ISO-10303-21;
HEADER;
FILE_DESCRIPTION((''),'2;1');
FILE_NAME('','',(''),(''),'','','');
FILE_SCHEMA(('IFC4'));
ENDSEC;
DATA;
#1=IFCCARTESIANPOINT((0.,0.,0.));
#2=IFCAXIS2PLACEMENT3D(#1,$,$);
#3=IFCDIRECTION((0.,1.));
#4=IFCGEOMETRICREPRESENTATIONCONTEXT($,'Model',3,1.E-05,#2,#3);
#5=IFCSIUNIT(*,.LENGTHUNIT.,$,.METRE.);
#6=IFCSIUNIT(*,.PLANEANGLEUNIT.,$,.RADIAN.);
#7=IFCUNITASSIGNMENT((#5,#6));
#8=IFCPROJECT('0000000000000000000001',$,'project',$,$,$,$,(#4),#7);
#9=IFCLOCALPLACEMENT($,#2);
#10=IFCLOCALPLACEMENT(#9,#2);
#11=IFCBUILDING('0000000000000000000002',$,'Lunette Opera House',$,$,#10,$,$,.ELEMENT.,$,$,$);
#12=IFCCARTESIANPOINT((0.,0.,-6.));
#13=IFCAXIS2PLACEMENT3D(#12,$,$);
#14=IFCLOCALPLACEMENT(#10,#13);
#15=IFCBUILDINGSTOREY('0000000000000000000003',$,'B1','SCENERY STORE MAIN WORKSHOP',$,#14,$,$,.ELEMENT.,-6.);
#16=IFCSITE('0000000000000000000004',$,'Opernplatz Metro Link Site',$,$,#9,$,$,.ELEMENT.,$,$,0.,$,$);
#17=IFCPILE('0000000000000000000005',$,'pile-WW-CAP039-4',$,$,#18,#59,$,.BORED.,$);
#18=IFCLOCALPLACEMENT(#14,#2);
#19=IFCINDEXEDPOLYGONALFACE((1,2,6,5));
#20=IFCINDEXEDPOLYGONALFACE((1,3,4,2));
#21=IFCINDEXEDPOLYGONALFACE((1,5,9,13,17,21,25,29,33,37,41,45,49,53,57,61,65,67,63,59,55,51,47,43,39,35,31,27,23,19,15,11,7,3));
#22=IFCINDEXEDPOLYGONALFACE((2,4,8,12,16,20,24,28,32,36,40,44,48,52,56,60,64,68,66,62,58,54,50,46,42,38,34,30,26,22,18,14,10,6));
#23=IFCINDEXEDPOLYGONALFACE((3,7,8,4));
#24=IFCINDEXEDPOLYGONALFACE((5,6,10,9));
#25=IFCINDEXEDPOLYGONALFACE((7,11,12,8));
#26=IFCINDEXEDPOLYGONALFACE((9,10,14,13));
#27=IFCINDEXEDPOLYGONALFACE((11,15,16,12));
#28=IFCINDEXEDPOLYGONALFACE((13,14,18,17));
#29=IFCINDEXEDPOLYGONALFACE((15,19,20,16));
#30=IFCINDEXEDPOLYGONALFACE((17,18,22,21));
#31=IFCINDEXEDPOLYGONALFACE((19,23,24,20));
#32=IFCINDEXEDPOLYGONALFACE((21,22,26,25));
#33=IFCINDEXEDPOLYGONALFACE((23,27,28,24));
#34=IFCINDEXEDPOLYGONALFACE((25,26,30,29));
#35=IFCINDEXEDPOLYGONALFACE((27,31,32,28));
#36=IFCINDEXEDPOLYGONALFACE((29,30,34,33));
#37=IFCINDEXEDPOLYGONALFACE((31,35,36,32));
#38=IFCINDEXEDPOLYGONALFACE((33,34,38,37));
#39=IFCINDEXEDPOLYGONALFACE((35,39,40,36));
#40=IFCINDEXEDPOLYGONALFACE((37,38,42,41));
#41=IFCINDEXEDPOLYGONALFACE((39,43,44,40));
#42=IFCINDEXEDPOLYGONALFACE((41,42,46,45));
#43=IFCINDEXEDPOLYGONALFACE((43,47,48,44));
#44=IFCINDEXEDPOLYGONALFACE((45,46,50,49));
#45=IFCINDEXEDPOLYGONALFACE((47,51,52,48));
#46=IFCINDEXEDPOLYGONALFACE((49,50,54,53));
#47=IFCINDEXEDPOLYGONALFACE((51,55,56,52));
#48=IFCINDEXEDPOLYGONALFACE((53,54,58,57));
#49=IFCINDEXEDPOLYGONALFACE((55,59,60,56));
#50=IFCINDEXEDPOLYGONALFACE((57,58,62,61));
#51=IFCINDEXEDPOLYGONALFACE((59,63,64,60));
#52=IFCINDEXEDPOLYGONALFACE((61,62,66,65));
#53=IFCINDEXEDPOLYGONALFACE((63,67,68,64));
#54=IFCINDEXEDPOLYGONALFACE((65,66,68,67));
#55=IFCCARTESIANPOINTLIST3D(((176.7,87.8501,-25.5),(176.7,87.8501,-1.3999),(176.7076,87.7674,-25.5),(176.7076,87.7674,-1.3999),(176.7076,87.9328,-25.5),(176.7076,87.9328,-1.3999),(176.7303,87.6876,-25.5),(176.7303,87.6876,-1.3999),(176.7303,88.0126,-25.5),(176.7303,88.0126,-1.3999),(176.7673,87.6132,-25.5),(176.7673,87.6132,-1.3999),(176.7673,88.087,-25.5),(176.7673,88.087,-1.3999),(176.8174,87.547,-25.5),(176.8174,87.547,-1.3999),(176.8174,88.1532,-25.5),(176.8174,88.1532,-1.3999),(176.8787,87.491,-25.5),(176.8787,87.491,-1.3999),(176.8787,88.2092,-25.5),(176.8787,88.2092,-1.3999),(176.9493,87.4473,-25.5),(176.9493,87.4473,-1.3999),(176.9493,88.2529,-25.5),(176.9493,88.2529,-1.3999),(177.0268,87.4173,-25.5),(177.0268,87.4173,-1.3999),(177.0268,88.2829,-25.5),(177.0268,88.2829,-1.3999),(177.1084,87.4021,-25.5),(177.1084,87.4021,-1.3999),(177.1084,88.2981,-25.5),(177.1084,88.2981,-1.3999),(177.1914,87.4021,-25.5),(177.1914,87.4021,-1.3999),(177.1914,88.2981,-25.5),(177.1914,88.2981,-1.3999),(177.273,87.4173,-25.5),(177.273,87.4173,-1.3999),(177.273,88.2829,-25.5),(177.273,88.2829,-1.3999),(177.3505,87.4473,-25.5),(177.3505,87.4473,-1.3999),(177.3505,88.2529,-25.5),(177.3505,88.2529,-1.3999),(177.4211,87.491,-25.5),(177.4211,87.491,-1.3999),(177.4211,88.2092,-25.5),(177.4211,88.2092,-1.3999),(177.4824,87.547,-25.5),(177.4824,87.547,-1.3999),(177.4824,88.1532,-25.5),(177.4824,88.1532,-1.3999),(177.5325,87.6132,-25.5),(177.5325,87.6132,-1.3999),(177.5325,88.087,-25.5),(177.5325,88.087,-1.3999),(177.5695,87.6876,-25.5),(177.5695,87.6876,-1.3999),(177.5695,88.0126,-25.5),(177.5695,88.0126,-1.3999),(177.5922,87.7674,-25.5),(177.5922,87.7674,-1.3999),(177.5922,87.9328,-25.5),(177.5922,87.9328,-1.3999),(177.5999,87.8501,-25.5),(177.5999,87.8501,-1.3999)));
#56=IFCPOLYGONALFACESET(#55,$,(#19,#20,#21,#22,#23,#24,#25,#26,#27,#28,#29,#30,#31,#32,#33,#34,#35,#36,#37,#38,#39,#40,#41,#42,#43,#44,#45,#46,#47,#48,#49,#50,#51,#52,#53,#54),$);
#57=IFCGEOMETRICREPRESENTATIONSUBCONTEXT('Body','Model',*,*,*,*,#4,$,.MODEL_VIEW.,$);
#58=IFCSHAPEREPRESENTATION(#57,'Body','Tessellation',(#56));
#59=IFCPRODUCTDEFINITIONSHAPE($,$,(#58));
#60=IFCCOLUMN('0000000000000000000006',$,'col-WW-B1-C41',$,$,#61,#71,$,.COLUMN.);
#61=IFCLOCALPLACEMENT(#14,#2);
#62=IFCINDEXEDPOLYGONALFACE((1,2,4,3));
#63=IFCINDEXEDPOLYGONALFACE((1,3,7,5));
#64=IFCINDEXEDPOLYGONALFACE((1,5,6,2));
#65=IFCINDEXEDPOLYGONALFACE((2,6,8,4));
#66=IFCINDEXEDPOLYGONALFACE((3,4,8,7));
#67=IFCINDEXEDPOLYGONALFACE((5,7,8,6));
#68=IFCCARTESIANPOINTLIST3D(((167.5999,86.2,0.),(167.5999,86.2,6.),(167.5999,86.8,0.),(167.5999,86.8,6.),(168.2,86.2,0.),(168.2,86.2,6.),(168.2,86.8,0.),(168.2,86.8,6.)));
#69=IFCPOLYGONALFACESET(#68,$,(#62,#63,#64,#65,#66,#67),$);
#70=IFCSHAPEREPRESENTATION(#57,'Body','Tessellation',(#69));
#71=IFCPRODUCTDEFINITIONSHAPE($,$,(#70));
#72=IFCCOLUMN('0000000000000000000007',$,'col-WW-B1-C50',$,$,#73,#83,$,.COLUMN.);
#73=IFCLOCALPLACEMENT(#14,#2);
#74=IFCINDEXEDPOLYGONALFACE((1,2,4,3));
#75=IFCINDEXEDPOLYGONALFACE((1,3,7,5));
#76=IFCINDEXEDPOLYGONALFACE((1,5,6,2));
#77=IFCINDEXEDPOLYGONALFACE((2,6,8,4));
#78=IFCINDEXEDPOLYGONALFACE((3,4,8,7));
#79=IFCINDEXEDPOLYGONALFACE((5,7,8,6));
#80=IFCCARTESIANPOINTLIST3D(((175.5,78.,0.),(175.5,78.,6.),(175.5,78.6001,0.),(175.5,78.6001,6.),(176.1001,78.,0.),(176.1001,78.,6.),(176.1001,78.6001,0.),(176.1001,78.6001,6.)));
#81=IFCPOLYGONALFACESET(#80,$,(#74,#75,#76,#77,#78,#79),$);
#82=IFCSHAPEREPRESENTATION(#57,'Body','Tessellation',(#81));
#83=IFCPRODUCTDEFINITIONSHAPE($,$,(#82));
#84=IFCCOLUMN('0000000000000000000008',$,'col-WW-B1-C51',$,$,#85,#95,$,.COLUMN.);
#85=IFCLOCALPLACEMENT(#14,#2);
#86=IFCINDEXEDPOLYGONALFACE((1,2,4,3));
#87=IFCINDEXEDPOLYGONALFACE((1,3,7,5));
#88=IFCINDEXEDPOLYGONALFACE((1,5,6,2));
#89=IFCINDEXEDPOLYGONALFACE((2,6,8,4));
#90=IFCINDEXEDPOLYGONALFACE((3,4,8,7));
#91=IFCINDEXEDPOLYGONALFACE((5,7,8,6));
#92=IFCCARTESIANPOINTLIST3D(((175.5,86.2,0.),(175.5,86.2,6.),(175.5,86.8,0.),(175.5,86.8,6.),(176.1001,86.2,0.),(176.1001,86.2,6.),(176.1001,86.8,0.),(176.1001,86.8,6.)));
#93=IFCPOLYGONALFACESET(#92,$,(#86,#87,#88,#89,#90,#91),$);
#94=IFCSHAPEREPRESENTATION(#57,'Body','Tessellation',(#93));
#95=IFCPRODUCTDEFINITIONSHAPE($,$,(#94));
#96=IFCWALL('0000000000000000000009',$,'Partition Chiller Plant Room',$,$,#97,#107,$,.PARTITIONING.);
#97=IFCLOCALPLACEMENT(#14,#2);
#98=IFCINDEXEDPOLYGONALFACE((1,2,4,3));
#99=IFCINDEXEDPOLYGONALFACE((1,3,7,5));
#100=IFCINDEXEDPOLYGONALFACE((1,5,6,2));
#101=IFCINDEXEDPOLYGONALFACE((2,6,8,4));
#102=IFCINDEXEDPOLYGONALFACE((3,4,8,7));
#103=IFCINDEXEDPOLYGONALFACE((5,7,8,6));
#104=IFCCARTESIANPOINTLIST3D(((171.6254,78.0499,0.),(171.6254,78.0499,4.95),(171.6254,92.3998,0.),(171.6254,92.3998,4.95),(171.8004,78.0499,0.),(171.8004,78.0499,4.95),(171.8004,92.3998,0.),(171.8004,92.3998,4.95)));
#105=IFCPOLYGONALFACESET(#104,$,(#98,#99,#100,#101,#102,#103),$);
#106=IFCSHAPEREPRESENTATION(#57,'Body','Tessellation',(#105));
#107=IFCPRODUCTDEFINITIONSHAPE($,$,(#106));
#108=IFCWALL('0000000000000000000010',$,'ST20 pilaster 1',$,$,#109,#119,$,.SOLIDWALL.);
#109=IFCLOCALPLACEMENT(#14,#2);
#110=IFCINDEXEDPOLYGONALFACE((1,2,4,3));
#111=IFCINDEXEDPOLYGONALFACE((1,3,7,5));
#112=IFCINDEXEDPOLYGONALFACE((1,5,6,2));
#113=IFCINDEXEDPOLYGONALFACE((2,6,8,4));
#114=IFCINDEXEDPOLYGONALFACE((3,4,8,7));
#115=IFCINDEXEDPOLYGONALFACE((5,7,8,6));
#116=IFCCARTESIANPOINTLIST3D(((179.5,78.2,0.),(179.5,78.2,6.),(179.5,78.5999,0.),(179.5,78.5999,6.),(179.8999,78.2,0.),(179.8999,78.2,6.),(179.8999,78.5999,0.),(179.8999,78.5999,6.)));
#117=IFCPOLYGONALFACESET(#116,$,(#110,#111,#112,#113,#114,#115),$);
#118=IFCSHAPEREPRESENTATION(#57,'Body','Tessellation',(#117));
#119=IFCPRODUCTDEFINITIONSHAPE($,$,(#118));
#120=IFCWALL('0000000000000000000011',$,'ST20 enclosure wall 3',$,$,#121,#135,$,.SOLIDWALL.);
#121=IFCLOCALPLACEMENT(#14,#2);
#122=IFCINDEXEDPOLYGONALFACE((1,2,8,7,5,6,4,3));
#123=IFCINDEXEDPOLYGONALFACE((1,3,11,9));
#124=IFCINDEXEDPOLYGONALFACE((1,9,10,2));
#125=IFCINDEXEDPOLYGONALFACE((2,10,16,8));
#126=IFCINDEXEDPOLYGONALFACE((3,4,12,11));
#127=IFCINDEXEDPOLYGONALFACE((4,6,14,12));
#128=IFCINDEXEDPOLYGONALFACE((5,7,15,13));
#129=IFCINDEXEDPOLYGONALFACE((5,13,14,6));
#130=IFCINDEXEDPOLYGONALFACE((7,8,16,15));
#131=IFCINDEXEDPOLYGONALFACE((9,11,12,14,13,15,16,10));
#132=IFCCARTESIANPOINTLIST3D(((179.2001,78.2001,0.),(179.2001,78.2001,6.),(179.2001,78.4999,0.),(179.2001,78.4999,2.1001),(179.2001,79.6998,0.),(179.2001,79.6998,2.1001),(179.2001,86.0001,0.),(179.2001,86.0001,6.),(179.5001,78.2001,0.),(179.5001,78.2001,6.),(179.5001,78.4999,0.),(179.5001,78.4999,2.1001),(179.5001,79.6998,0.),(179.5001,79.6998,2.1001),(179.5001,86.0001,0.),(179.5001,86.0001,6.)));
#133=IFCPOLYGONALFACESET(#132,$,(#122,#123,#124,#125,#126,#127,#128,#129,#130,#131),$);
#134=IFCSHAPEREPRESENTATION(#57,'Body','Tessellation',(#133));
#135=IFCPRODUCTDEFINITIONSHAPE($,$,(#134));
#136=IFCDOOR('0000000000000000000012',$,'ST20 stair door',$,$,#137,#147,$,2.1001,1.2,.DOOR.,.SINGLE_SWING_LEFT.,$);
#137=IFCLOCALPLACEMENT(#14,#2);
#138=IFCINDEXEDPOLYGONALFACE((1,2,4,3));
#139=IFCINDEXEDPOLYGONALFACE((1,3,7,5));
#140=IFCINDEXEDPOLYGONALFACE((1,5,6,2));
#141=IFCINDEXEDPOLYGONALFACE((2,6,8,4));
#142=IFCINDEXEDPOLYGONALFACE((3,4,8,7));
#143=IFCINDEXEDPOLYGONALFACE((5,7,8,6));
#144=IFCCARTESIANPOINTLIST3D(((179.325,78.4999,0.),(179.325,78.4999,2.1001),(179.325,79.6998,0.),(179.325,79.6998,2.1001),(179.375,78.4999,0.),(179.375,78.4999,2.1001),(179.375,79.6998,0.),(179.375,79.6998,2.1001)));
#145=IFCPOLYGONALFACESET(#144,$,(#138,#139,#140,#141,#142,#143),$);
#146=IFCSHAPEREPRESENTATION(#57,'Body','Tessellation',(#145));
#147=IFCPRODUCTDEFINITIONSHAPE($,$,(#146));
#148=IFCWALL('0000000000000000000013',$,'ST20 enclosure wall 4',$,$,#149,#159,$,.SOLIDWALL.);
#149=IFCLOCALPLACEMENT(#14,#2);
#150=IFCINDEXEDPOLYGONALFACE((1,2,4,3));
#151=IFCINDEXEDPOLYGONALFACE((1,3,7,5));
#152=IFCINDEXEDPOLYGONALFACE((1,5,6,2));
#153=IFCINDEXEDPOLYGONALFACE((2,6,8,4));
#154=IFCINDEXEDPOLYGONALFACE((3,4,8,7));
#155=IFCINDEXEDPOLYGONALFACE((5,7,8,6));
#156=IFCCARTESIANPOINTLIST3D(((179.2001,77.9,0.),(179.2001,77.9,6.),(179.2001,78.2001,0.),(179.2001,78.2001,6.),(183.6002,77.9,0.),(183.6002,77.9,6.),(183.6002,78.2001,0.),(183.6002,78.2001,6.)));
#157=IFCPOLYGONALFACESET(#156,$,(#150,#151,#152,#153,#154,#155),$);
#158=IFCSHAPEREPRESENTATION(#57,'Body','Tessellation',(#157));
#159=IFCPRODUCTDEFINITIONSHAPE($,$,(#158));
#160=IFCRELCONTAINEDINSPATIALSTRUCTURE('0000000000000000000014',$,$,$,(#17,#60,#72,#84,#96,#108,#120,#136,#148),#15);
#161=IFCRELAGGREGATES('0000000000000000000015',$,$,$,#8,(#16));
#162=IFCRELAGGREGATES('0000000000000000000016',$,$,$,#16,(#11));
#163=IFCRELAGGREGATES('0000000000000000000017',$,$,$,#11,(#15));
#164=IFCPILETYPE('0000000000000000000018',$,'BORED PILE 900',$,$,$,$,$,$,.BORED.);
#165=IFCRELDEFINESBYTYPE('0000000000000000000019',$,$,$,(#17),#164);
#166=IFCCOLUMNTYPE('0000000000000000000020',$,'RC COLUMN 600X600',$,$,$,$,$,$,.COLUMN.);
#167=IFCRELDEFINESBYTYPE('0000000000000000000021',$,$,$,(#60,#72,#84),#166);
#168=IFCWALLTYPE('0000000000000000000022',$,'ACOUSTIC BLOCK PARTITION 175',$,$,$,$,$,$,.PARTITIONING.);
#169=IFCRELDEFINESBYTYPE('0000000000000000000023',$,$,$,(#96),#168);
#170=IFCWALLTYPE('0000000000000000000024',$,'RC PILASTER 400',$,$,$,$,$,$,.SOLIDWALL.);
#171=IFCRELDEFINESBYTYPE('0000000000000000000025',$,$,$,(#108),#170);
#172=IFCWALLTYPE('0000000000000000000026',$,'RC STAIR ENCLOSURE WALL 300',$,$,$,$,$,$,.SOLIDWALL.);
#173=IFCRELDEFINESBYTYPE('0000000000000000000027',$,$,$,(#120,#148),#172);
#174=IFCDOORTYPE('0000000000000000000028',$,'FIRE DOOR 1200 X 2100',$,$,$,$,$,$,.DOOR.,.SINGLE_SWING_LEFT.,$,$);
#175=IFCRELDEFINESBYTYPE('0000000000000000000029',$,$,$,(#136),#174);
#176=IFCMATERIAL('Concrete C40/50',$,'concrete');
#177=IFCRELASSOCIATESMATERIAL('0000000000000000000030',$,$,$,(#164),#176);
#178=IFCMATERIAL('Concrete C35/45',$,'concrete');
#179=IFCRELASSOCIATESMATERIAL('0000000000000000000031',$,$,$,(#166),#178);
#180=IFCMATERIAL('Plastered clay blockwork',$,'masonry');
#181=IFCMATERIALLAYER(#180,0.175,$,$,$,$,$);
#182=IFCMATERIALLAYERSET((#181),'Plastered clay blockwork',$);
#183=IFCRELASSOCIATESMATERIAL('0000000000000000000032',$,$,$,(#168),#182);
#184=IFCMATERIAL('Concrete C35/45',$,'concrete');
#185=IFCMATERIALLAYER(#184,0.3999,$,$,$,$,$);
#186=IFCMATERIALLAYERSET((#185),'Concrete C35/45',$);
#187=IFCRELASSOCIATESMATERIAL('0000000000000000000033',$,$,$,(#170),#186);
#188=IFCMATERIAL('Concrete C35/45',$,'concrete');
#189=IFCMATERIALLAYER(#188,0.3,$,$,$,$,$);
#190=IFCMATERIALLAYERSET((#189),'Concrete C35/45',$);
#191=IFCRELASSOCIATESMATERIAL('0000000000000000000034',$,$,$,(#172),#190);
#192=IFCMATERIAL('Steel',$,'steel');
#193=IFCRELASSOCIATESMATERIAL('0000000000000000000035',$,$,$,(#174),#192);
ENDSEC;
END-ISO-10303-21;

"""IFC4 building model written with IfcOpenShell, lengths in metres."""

from ifc_helpers import new_model, si_unit, direction, frame, frame_2d, origin, origin_2d, place, context, subcontext, project, spatial, rectangle, circle, extrude, material, layer, layer_set, material_profile, profile_set, type_object, element, fill, save


model = new_model("IFC4")

# Units and contexts
model_context = context("Model", 3, precision=1e-05, world=origin(), true_north=direction((0.0, 1.0)))
body_context = subcontext(model_context, "Body", "Model", "MODEL_VIEW")
ifc_project = project(units=[si_unit("LENGTHUNIT", "METRE"), si_unit("PLANEANGLEUNIT", "RADIAN")], contexts=[model_context])

# Site, building, storey
site_placement = place(None, origin())
site = spatial("IfcSite", under=ifc_project, at=site_placement, Name="Opernplatz Metro Link Site", CompositionType="ELEMENT", RefElevation=0.0)
building_placement = place(site_placement, origin())
building = spatial("IfcBuilding", under=site, at=building_placement, Name="Lunette Opera House", CompositionType="ELEMENT")
storey_placement = place(building_placement, frame((0.0, 0.0, -6.0)))
storey = spatial("IfcBuildingStorey", under=building, at=storey_placement, Name="B1", Description="SCENERY STORE MAIN WORKSHOP", CompositionType="ELEMENT", Elevation=-6.0)

# Pile
ifc_material_1 = material(Name="Concrete C40/50", Category="concrete")
ifc_material_profile_1 = material_profile(ifc_material_1, circle(Radius=0.45, at=origin_2d()), Name="BORED PILE 900")
ifc_profile_set_1 = profile_set([ifc_material_profile_1], Name="Concrete C40/50")
pile_type = type_object("IfcPileType", Name="BORED PILE 900", PredefinedType="BORED", material=ifc_profile_set_1)
for number, where, z_axis, x_axis, name in (
    (1, (177.1499, 87.8501, -1.3999), (0.0, 0.0, -1.0), (1.0, 0.0, 0.0), "pile-WW-CAP039-4"),
):
    element("IfcPile", number, at=place(storey_placement, frame(where, z_axis=z_axis, x_axis=x_axis)), inside=storey, type_object=pile_type, Name=name, PredefinedType="BORED", context=body_context, shape_type="SweptSolid", body=[
        extrude(circle(Radius=0.45, at=origin_2d()), origin(), (0.0, 0.0, 1.0), 24.1001),
    ])

# Columns
ifc_material_2 = material(Name="Concrete C35/45", Category="concrete")
ifc_material_profile_2 = material_profile(ifc_material_2, rectangle(XDim=0.6001, YDim=0.6001, at=origin_2d()), Name="RC COLUMN 600X600")
ifc_profile_set_2 = profile_set([ifc_material_profile_2], Name="Concrete C35/45")
column_type = type_object("IfcColumnType", Name="RC COLUMN 600X600", PredefinedType="COLUMN", material=ifc_profile_set_2)
for number, where, z_axis, x_axis, name in (
    (2, (167.8999, 86.5, 0.0), (0.0, 0.0, 1.0), (1.0, 0.0, 0.0), "col-WW-B1-C41"),
    (3, (175.8, 78.3, 0.0), (0.0, 0.0, 1.0), (1.0, 0.0, 0.0), "col-WW-B1-C50"),
    (4, (175.8, 86.5, 0.0), (0.0, 0.0, 1.0), (1.0, 0.0, 0.0), "col-WW-B1-C51"),
):
    element("IfcColumn", number, at=place(storey_placement, frame(where, z_axis=z_axis, x_axis=x_axis)), inside=storey, type_object=column_type, Name=name, PredefinedType="COLUMN", context=body_context, shape_type="SweptSolid", body=[
        extrude(rectangle(XDim=0.6001, YDim=0.6001, at=origin_2d()), origin(), (0.0, 0.0, 1.0), 6.0),
    ])

# Walls
ifc_material_3 = material(Name="Plastered clay blockwork", Category="masonry")
ifc_layer_1 = layer(ifc_material_3, 0.175)
ifc_layer_set_1 = layer_set([ifc_layer_1], Name="Plastered clay blockwork")
wall_type_1 = type_object("IfcWallType", Name="ACOUSTIC BLOCK PARTITION 175", PredefinedType="PARTITIONING", material=ifc_layer_set_1)
wall_1_placement = place(storey_placement, frame((171.7129, 78.05, 0.0), z_axis=(0.0, 0.0, 1.0), x_axis=(0.0, 1.0, 0.0)))
element("IfcWall", 5, at=wall_1_placement, inside=storey, type_object=wall_type_1, Name="Partition Chiller Plant Room", PredefinedType="PARTITIONING", context=body_context, shape_type="SweptSolid", body=[
    extrude(rectangle(XDim=14.3499, YDim=0.175, at=frame_2d((7.1748, 0.0))), origin(), (0.0, 0.0, 1.0), 4.95),
])
ifc_material_4 = material(Name="Concrete C35/45", Category="concrete")
ifc_layer_2 = layer(ifc_material_4, 0.3999)
ifc_layer_set_2 = layer_set([ifc_layer_2], Name="Concrete C35/45")
wall_type_2 = type_object("IfcWallType", Name="RC PILASTER 400", PredefinedType="SOLIDWALL", material=ifc_layer_set_2)
wall_2_placement = place(storey_placement, frame((179.5, 78.3999, 0.0), z_axis=(0.0, 0.0, 1.0), x_axis=(1.0, 0.0, 0.0)))
element("IfcWall", 6, at=wall_2_placement, inside=storey, type_object=wall_type_2, Name="ST20 pilaster 1", PredefinedType="SOLIDWALL", context=body_context, shape_type="SweptSolid", body=[
    extrude(rectangle(XDim=0.3999, YDim=0.3999, at=frame_2d((0.2, 0.0))), origin(), (0.0, 0.0, 1.0), 6.0),
])

# Wall, opening, door
ifc_material_5 = material(Name="Concrete C35/45", Category="concrete")
ifc_layer_3 = layer(ifc_material_5, 0.3)
ifc_layer_set_3 = layer_set([ifc_layer_3], Name="Concrete C35/45")
wall_type_3 = type_object("IfcWallType", Name="RC STAIR ENCLOSURE WALL 300", PredefinedType="SOLIDWALL", material=ifc_layer_set_3)
wall_3_placement = place(storey_placement, frame((179.3501, 86.0, 0.0), z_axis=(0.0, 0.0, 1.0), x_axis=(0.0, -1.0, 0.0)))
wall_3 = element("IfcWall", 7, at=wall_3_placement, inside=storey, type_object=wall_type_3, Name="ST20 enclosure wall 3", PredefinedType="SOLIDWALL", context=body_context, shape_type="SweptSolid", body=[
    extrude(rectangle(XDim=7.8, YDim=0.3, at=frame_2d((3.8999, 0.0))), origin(), (0.0, 0.0, 1.0), 6.0),
])
opening_placement = place(wall_3_placement, frame((6.3, 0.0, 0.0)))
opening = element("IfcOpeningElement", 8, at=opening_placement, cuts=wall_3, PredefinedType="OPENING", context=body_context, shape_type="SweptSolid", body=[
    extrude(rectangle(XDim=1.2, YDim=2.1001, at=frame_2d((0.6001, 1.05))), frame((0.0, 0.1621, 0.0), z_axis=(0.0, -1.0, 0.0), x_axis=(1.0, 0.0, 0.0)), (0.0, 0.0, 1.0), 0.324),
])
ifc_material_6 = material(Name="Steel", Category="steel")
door_type = type_object("IfcDoorType", Name="FIRE DOOR 1200 X 2100", OperationType="SINGLE_SWING_LEFT", PredefinedType="DOOR", material=ifc_material_6)
door_placement = place(opening_placement, origin())
door = element("IfcDoor", 9, at=door_placement, inside=storey, type_object=door_type, Name="ST20 stair door", OperationType="SINGLE_SWING_LEFT", OverallHeight=2.1001, OverallWidth=1.2, PredefinedType="DOOR", context=body_context, shape_type="SweptSolid", body=[
    extrude(rectangle(XDim=1.2, YDim=2.1001, at=frame_2d((0.6001, 1.05))), frame((0.0, 0.0249, 0.0), z_axis=(0.0, -1.0, 0.0), x_axis=(1.0, 0.0, 0.0)), (0.0, 0.0, 1.0), 0.05),
])
fill(opening, door)

# Wall
wall_4_placement = place(storey_placement, frame((179.2, 78.05, 0.0), z_axis=(0.0, 0.0, 1.0), x_axis=(1.0, 0.0, 0.0)))
element("IfcWall", 10, at=wall_4_placement, inside=storey, type_object=wall_type_3, Name="ST20 enclosure wall 4", PredefinedType="SOLIDWALL", context=body_context, shape_type="SweptSolid", body=[
    extrude(rectangle(XDim=4.4001, YDim=0.3, at=frame_2d((2.2002, 0.0))), origin(), (0.0, 0.0, 1.0), 6.0),
])

save(model, "model.ifc")
